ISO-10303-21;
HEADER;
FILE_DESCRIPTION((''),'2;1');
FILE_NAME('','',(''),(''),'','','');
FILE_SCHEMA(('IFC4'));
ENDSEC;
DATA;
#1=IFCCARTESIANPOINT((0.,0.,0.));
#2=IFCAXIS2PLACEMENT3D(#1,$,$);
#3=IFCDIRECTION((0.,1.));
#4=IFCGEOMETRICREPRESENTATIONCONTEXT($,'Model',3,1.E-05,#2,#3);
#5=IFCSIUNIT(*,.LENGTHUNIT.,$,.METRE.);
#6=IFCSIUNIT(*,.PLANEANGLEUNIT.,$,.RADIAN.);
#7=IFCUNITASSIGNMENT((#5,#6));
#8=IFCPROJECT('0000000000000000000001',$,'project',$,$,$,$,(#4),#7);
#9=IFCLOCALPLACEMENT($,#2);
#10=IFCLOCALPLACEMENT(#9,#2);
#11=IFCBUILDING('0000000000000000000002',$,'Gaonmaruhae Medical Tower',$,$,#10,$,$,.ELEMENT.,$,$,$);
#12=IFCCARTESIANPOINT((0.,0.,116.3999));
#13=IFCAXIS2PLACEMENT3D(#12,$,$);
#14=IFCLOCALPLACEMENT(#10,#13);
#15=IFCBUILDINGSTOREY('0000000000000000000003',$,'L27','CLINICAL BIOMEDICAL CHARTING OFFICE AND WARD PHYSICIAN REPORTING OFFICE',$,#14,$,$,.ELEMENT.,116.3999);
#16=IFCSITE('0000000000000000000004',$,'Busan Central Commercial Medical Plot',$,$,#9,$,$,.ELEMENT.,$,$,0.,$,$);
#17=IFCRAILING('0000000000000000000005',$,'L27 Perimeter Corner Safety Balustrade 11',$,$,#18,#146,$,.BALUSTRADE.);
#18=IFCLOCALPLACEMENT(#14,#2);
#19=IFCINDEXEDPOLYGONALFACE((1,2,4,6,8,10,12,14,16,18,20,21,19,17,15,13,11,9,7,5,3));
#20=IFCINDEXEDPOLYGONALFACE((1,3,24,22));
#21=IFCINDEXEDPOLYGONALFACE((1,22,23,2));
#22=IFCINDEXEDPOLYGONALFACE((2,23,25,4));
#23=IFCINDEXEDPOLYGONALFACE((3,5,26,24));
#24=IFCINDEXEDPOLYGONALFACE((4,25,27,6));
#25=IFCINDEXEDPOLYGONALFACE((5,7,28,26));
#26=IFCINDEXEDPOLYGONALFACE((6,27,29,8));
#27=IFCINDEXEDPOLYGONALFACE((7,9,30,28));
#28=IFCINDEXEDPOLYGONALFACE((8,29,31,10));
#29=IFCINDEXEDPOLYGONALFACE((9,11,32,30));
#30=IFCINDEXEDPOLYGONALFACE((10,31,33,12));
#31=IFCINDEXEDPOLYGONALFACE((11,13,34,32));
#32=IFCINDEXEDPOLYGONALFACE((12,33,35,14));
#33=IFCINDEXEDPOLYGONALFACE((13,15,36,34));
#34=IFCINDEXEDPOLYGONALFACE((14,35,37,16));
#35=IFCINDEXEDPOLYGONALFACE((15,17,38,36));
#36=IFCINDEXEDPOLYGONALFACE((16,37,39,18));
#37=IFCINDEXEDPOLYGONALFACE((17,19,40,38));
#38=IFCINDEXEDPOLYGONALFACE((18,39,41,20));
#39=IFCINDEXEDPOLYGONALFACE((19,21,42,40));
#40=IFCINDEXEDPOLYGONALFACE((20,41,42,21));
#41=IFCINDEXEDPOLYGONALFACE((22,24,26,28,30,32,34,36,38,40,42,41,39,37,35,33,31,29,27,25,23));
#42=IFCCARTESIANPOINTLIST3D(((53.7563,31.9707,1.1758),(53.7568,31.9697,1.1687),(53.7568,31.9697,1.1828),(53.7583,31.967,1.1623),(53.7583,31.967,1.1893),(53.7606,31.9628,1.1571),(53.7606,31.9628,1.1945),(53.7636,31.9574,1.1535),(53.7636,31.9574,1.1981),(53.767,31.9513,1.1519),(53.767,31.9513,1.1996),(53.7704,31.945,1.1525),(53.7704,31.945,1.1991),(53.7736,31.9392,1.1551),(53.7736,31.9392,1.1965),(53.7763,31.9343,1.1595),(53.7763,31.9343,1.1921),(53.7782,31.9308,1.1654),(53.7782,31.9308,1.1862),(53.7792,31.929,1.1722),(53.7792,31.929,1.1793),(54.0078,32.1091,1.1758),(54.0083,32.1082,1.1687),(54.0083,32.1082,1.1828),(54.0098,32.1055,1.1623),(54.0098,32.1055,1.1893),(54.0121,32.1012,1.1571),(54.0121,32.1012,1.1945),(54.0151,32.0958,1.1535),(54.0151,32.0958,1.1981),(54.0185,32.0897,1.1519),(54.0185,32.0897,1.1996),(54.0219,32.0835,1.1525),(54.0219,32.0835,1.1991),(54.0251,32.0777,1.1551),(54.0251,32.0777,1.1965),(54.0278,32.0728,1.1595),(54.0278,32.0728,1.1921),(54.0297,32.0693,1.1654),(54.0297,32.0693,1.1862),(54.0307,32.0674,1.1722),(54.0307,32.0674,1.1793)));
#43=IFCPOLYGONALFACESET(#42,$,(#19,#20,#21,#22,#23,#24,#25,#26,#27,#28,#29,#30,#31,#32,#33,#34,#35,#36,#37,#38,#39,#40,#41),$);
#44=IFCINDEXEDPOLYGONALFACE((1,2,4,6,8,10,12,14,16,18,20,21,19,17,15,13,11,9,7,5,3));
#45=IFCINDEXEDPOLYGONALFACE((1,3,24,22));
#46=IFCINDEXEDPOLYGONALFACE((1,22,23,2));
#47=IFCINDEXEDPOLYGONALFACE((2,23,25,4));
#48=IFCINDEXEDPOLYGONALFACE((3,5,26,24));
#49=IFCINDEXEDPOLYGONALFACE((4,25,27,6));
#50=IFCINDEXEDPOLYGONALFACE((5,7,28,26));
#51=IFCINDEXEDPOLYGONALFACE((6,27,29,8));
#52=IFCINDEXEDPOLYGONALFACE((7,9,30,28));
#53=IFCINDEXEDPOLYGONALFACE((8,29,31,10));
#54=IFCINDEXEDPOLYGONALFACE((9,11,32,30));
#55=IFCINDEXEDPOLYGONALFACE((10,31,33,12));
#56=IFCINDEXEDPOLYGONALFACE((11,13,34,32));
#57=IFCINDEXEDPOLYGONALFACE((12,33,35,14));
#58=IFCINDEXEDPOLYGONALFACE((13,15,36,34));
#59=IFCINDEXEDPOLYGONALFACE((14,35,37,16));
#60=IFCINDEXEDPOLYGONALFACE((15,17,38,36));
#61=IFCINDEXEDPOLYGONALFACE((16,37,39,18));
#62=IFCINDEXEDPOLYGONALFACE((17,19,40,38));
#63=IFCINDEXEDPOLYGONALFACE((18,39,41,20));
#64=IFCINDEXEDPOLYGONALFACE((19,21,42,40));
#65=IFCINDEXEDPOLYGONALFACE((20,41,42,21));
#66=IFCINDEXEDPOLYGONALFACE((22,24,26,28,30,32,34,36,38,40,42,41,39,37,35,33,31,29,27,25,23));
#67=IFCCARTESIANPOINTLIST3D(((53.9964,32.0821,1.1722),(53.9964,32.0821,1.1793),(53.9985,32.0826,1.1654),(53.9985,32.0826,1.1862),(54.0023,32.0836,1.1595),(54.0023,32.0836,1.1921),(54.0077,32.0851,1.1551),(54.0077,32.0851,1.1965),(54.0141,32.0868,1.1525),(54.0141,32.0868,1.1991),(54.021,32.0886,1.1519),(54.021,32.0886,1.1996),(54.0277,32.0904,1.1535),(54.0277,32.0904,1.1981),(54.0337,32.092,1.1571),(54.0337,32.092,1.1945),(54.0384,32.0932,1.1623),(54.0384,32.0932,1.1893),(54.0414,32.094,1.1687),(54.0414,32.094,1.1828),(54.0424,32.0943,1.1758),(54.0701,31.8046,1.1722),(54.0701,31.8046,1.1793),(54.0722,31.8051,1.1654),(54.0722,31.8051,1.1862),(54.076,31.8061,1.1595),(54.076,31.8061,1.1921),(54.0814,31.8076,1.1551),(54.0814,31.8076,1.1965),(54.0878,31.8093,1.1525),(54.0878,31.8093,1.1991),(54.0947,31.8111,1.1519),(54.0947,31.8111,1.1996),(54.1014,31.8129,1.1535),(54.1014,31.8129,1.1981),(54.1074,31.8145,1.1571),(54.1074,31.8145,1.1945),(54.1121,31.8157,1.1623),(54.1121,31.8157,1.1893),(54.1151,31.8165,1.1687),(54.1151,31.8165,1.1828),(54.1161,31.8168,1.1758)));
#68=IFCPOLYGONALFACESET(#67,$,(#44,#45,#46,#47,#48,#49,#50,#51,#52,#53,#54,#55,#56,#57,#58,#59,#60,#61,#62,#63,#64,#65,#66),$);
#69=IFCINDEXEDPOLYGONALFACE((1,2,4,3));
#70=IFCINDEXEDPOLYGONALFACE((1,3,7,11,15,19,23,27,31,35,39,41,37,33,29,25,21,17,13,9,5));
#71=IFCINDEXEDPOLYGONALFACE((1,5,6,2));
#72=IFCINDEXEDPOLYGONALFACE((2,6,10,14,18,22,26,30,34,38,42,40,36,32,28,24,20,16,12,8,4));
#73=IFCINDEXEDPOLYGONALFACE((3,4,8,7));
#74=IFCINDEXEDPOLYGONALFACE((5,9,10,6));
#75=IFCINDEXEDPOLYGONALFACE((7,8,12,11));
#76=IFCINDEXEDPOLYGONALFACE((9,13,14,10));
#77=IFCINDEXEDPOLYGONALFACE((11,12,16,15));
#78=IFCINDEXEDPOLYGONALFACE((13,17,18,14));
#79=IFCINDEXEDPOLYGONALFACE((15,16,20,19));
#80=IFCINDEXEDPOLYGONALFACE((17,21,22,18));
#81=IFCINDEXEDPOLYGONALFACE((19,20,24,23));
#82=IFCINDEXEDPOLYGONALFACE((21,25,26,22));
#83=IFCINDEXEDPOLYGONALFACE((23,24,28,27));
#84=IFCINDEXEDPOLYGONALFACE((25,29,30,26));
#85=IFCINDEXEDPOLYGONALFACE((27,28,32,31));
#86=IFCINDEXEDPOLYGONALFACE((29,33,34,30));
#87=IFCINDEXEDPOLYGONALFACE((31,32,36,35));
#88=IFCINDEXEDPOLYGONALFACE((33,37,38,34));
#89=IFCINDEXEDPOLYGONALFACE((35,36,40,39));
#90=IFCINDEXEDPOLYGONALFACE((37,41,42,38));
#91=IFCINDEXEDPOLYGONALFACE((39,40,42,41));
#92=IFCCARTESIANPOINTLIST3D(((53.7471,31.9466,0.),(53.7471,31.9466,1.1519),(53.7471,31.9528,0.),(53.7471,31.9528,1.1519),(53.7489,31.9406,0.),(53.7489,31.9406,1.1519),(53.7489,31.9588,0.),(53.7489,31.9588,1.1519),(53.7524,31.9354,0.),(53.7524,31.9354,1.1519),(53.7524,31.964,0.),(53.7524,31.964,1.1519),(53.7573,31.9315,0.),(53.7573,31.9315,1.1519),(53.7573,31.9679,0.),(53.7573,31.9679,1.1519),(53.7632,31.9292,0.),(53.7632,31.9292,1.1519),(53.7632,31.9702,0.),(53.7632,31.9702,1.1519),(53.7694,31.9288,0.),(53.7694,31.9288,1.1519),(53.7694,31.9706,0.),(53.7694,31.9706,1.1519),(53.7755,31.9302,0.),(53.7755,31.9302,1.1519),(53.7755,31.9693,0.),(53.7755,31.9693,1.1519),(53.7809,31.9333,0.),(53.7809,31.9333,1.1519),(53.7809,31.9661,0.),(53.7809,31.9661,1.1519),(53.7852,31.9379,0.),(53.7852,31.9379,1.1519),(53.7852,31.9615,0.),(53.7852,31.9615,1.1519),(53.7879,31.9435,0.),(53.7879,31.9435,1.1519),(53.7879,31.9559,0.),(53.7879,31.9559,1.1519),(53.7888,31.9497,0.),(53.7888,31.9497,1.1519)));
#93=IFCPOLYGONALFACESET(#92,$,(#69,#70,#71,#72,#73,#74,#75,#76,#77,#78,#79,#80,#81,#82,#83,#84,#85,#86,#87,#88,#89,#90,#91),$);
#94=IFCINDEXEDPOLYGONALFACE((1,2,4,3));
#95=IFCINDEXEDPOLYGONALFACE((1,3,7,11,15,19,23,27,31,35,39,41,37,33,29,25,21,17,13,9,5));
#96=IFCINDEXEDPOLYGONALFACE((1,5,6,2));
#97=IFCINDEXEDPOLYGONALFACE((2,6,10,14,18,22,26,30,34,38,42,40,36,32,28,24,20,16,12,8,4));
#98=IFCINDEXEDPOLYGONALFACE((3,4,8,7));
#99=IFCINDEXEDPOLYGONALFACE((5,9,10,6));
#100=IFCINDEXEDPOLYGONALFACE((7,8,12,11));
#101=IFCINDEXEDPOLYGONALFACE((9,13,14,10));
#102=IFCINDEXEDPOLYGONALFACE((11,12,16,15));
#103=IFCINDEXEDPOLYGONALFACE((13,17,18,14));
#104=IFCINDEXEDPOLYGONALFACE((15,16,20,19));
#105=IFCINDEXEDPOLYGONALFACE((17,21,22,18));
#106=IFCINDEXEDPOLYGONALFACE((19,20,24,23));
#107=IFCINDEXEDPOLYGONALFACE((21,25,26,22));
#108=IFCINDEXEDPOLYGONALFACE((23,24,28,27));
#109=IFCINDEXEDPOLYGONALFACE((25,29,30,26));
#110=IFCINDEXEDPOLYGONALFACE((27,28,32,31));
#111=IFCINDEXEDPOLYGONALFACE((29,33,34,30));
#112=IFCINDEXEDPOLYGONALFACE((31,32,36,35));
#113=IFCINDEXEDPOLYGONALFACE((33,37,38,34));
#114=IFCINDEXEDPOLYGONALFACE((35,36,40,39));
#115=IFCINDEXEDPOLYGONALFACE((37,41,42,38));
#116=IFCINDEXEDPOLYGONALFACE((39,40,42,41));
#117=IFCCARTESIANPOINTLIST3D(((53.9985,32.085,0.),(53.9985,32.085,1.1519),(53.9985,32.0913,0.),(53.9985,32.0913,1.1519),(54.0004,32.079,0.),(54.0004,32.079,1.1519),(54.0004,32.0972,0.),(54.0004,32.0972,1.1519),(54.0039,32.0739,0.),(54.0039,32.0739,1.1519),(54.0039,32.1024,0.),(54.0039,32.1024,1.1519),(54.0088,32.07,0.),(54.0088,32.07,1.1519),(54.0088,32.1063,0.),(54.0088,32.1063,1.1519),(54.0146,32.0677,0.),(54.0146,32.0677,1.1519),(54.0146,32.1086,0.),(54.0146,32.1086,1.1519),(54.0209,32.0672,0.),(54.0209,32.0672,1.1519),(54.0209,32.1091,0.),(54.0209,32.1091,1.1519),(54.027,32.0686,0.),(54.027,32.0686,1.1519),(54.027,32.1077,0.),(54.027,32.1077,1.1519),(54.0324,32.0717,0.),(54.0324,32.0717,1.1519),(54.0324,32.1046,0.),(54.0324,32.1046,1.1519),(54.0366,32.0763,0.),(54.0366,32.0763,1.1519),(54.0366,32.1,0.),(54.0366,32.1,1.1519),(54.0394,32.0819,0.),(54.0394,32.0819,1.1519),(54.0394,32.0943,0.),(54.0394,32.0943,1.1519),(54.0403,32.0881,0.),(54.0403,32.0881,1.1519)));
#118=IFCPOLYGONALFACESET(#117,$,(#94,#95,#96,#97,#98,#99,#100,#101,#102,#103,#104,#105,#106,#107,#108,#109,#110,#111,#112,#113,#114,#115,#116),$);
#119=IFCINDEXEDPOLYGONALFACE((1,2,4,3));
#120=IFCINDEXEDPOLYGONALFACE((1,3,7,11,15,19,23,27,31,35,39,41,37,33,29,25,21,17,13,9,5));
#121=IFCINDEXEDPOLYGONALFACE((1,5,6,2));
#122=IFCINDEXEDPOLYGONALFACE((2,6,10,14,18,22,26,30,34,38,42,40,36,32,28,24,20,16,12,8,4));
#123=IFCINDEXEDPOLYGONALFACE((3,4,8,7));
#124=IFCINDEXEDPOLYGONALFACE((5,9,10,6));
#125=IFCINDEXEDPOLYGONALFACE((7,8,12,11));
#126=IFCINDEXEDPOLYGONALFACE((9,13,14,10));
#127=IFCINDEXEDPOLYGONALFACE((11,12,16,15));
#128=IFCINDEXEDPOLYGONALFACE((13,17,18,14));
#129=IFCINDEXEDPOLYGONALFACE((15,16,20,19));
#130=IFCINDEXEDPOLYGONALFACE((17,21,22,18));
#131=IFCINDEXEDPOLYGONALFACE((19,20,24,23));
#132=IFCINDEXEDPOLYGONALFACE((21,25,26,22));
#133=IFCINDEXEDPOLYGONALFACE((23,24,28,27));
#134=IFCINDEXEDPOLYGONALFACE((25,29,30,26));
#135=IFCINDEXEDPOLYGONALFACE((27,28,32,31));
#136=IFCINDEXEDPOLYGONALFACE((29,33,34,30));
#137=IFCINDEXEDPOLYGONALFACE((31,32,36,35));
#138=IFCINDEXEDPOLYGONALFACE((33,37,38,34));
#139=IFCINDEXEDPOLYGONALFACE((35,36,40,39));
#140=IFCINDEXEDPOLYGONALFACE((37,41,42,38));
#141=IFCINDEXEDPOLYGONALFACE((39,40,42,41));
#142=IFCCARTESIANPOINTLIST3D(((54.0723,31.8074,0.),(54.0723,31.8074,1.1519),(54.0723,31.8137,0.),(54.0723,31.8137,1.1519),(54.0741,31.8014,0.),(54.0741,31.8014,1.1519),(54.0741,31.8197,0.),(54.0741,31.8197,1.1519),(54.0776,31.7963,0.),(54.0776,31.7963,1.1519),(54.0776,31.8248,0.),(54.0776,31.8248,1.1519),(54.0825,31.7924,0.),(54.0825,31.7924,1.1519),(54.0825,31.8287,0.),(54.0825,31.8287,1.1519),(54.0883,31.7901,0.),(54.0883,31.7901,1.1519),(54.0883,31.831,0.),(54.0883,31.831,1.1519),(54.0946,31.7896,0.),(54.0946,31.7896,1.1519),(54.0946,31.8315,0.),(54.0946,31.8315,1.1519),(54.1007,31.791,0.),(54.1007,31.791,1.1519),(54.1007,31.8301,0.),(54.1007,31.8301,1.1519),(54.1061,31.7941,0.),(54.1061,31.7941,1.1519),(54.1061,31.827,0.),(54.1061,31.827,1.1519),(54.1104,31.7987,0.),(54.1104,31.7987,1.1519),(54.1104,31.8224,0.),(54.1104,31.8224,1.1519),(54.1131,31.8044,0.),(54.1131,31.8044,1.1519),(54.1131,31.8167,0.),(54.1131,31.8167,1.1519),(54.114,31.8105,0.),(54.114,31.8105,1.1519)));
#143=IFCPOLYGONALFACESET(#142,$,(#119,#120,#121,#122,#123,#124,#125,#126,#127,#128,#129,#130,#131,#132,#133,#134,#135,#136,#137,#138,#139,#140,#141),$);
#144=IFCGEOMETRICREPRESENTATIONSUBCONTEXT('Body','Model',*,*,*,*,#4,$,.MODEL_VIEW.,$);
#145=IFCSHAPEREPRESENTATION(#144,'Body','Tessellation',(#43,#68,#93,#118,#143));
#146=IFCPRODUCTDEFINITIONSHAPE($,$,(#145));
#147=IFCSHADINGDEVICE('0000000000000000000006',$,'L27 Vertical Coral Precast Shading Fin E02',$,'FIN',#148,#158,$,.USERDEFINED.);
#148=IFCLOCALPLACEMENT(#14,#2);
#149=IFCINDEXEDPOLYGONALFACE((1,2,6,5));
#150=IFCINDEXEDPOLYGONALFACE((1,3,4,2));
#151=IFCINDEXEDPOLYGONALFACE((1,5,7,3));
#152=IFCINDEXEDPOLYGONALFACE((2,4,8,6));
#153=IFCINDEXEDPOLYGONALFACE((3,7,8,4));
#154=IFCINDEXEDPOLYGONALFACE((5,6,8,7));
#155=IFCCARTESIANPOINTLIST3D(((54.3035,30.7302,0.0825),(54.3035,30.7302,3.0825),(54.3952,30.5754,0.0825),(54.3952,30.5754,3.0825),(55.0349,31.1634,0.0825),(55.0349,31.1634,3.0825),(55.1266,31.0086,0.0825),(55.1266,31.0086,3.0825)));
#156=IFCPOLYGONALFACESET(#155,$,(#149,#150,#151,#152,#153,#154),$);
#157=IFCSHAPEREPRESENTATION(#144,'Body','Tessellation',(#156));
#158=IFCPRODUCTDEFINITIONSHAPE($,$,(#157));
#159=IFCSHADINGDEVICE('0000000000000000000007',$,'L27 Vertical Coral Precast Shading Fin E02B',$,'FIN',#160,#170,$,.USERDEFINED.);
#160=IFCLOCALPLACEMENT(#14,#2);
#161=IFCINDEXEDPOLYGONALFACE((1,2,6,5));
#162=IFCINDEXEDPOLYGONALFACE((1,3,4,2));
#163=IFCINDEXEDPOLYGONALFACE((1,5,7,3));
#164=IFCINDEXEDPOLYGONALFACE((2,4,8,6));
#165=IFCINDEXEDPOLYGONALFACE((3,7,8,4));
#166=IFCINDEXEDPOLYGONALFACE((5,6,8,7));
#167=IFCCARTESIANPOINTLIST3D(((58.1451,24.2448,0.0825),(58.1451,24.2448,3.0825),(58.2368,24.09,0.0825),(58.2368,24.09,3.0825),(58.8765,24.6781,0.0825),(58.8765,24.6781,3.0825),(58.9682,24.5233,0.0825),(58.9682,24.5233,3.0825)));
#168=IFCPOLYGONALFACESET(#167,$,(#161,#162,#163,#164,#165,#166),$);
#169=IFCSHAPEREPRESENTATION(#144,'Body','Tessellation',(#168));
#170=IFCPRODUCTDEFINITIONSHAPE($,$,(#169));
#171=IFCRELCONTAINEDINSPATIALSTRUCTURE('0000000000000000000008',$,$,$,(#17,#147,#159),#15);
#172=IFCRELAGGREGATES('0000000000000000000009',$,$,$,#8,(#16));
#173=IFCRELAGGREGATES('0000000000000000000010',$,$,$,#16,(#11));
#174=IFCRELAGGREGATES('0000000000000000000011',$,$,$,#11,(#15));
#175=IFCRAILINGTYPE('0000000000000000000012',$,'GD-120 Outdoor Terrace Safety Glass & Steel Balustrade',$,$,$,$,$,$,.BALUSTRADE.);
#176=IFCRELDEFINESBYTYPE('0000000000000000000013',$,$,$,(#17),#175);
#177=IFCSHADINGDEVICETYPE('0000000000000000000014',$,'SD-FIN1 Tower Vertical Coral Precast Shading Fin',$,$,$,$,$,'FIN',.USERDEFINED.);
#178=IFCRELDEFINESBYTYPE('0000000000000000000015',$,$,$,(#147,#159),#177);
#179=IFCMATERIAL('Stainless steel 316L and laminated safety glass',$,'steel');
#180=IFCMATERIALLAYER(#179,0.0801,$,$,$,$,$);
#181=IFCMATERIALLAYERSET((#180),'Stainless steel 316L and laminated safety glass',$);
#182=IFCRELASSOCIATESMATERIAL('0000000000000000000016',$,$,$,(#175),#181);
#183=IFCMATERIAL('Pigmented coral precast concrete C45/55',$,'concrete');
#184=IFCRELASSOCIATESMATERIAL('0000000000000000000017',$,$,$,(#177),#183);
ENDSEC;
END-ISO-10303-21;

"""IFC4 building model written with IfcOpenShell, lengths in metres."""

from ifc_helpers import new_model, si_unit, direction, frame, origin, origin_2d, place, context, subcontext, project, spatial, rectangle, circle, extrude, material, layer, layer_set, type_object, element, save


model = new_model("IFC4")

# Units and contexts
model_context = context("Model", 3, precision=1e-05, world=origin(), true_north=direction((0.0, 1.0)))
body_context = subcontext(model_context, "Body", "Model", "MODEL_VIEW")
ifc_project = project(units=[si_unit("LENGTHUNIT", "METRE"), si_unit("PLANEANGLEUNIT", "RADIAN")], contexts=[model_context])

# Site, building, storey
site_placement = place(None, origin())
site = spatial("IfcSite", under=ifc_project, at=site_placement, Name="Busan Central Commercial Medical Plot", CompositionType="ELEMENT", RefElevation=0.0)
building_placement = place(site_placement, origin())
building = spatial("IfcBuilding", under=site, at=building_placement, Name="Gaonmaruhae Medical Tower", CompositionType="ELEMENT")
storey_placement = place(building_placement, frame((0.0, 0.0, 116.3999)))
storey = spatial("IfcBuildingStorey", under=building, at=storey_placement, Name="L27", Description="CLINICAL BIOMEDICAL CHARTING OFFICE AND WARD PHYSICIAN REPORTING OFFICE", CompositionType="ELEMENT", Elevation=116.3999)

# Railing
ifc_material_1 = material(Name="Stainless steel 316L and laminated safety glass", Category="steel")
ifc_layer_1 = layer(ifc_material_1, 0.0801)
ifc_layer_set_1 = layer_set([ifc_layer_1], Name="Stainless steel 316L and laminated safety glass")
railing_type = type_object("IfcRailingType", Name="GD-120 Outdoor Terrace Safety Glass & Steel Balustrade", PredefinedType="BALUSTRADE", material=ifc_layer_set_1)
railing_1_placement = place(storey_placement, frame((53.7678, 31.9497, 0.0)))
element("IfcRailing", 1, at=railing_1_placement, inside=storey, type_object=railing_type, Name="L27 Perimeter Corner Safety Balustrade 11", PredefinedType="BALUSTRADE", context=body_context, shape_type="SweptSolid", body=[
    extrude(circle(Radius=0.0239, at=origin_2d()), frame((0.0, 0.0, 1.1758), z_axis=(0.876036, 0.482245, 0.0), x_axis=(-0.482245, 0.876036, 0.0)), (0.0, 0.0, 1.0), 0.2871),
    extrude(circle(Radius=0.0239, at=origin_2d()), frame((0.2515, 0.1384, 1.1758), z_axis=(0.25671, -0.966488, 0.0), x_axis=(0.966488, 0.25671, 0.0)), (0.0, 0.0, 1.0), 0.2871),
    extrude(circle(Radius=0.021, at=origin_2d()), origin(), (0.0, 0.0, 1.0), 1.1519),
    extrude(circle(Radius=0.021, at=origin_2d()), frame((0.2515, 0.1384, 0.0)), (0.0, 0.0, 1.0), 1.1519),
    extrude(circle(Radius=0.021, at=origin_2d()), frame((0.3252, -0.1392, 0.0)), (0.0, 0.0, 1.0), 1.1519),
])

# Shading devices
ifc_material_2 = material(Name="Pigmented coral precast concrete C45/55", Category="concrete")
shading_device_type = type_object("IfcShadingDeviceType", Name="SD-FIN1 Tower Vertical Coral Precast Shading Fin", ElementType="FIN", PredefinedType="USERDEFINED", material=ifc_material_2)
for number, where, z_axis, x_axis, name in (
    (2, (54.7151, 30.8694, 0.0825), (0.0, 0.0, 1.0), (0.509642, -0.860386, 0.0), "L27 Vertical Coral Precast Shading Fin E02"),
    (3, (58.5566, 24.384, 0.0825), (0.0, 0.0, 1.0), (0.509642, -0.860386, 0.0), "L27 Vertical Coral Precast Shading Fin E02B"),
):
    element("IfcShadingDevice", number, at=place(storey_placement, frame(where, z_axis=z_axis, x_axis=x_axis)), inside=storey, type_object=shading_device_type, Name=name, ObjectType="FIN", PredefinedType="USERDEFINED", context=body_context, shape_type="SweptSolid", body=[
        extrude(rectangle(XDim=0.1799, YDim=0.8501, at=origin_2d()), origin(), (0.0, 0.0, 1.0), 3.0),
    ])

save(model, "model.ifc")
